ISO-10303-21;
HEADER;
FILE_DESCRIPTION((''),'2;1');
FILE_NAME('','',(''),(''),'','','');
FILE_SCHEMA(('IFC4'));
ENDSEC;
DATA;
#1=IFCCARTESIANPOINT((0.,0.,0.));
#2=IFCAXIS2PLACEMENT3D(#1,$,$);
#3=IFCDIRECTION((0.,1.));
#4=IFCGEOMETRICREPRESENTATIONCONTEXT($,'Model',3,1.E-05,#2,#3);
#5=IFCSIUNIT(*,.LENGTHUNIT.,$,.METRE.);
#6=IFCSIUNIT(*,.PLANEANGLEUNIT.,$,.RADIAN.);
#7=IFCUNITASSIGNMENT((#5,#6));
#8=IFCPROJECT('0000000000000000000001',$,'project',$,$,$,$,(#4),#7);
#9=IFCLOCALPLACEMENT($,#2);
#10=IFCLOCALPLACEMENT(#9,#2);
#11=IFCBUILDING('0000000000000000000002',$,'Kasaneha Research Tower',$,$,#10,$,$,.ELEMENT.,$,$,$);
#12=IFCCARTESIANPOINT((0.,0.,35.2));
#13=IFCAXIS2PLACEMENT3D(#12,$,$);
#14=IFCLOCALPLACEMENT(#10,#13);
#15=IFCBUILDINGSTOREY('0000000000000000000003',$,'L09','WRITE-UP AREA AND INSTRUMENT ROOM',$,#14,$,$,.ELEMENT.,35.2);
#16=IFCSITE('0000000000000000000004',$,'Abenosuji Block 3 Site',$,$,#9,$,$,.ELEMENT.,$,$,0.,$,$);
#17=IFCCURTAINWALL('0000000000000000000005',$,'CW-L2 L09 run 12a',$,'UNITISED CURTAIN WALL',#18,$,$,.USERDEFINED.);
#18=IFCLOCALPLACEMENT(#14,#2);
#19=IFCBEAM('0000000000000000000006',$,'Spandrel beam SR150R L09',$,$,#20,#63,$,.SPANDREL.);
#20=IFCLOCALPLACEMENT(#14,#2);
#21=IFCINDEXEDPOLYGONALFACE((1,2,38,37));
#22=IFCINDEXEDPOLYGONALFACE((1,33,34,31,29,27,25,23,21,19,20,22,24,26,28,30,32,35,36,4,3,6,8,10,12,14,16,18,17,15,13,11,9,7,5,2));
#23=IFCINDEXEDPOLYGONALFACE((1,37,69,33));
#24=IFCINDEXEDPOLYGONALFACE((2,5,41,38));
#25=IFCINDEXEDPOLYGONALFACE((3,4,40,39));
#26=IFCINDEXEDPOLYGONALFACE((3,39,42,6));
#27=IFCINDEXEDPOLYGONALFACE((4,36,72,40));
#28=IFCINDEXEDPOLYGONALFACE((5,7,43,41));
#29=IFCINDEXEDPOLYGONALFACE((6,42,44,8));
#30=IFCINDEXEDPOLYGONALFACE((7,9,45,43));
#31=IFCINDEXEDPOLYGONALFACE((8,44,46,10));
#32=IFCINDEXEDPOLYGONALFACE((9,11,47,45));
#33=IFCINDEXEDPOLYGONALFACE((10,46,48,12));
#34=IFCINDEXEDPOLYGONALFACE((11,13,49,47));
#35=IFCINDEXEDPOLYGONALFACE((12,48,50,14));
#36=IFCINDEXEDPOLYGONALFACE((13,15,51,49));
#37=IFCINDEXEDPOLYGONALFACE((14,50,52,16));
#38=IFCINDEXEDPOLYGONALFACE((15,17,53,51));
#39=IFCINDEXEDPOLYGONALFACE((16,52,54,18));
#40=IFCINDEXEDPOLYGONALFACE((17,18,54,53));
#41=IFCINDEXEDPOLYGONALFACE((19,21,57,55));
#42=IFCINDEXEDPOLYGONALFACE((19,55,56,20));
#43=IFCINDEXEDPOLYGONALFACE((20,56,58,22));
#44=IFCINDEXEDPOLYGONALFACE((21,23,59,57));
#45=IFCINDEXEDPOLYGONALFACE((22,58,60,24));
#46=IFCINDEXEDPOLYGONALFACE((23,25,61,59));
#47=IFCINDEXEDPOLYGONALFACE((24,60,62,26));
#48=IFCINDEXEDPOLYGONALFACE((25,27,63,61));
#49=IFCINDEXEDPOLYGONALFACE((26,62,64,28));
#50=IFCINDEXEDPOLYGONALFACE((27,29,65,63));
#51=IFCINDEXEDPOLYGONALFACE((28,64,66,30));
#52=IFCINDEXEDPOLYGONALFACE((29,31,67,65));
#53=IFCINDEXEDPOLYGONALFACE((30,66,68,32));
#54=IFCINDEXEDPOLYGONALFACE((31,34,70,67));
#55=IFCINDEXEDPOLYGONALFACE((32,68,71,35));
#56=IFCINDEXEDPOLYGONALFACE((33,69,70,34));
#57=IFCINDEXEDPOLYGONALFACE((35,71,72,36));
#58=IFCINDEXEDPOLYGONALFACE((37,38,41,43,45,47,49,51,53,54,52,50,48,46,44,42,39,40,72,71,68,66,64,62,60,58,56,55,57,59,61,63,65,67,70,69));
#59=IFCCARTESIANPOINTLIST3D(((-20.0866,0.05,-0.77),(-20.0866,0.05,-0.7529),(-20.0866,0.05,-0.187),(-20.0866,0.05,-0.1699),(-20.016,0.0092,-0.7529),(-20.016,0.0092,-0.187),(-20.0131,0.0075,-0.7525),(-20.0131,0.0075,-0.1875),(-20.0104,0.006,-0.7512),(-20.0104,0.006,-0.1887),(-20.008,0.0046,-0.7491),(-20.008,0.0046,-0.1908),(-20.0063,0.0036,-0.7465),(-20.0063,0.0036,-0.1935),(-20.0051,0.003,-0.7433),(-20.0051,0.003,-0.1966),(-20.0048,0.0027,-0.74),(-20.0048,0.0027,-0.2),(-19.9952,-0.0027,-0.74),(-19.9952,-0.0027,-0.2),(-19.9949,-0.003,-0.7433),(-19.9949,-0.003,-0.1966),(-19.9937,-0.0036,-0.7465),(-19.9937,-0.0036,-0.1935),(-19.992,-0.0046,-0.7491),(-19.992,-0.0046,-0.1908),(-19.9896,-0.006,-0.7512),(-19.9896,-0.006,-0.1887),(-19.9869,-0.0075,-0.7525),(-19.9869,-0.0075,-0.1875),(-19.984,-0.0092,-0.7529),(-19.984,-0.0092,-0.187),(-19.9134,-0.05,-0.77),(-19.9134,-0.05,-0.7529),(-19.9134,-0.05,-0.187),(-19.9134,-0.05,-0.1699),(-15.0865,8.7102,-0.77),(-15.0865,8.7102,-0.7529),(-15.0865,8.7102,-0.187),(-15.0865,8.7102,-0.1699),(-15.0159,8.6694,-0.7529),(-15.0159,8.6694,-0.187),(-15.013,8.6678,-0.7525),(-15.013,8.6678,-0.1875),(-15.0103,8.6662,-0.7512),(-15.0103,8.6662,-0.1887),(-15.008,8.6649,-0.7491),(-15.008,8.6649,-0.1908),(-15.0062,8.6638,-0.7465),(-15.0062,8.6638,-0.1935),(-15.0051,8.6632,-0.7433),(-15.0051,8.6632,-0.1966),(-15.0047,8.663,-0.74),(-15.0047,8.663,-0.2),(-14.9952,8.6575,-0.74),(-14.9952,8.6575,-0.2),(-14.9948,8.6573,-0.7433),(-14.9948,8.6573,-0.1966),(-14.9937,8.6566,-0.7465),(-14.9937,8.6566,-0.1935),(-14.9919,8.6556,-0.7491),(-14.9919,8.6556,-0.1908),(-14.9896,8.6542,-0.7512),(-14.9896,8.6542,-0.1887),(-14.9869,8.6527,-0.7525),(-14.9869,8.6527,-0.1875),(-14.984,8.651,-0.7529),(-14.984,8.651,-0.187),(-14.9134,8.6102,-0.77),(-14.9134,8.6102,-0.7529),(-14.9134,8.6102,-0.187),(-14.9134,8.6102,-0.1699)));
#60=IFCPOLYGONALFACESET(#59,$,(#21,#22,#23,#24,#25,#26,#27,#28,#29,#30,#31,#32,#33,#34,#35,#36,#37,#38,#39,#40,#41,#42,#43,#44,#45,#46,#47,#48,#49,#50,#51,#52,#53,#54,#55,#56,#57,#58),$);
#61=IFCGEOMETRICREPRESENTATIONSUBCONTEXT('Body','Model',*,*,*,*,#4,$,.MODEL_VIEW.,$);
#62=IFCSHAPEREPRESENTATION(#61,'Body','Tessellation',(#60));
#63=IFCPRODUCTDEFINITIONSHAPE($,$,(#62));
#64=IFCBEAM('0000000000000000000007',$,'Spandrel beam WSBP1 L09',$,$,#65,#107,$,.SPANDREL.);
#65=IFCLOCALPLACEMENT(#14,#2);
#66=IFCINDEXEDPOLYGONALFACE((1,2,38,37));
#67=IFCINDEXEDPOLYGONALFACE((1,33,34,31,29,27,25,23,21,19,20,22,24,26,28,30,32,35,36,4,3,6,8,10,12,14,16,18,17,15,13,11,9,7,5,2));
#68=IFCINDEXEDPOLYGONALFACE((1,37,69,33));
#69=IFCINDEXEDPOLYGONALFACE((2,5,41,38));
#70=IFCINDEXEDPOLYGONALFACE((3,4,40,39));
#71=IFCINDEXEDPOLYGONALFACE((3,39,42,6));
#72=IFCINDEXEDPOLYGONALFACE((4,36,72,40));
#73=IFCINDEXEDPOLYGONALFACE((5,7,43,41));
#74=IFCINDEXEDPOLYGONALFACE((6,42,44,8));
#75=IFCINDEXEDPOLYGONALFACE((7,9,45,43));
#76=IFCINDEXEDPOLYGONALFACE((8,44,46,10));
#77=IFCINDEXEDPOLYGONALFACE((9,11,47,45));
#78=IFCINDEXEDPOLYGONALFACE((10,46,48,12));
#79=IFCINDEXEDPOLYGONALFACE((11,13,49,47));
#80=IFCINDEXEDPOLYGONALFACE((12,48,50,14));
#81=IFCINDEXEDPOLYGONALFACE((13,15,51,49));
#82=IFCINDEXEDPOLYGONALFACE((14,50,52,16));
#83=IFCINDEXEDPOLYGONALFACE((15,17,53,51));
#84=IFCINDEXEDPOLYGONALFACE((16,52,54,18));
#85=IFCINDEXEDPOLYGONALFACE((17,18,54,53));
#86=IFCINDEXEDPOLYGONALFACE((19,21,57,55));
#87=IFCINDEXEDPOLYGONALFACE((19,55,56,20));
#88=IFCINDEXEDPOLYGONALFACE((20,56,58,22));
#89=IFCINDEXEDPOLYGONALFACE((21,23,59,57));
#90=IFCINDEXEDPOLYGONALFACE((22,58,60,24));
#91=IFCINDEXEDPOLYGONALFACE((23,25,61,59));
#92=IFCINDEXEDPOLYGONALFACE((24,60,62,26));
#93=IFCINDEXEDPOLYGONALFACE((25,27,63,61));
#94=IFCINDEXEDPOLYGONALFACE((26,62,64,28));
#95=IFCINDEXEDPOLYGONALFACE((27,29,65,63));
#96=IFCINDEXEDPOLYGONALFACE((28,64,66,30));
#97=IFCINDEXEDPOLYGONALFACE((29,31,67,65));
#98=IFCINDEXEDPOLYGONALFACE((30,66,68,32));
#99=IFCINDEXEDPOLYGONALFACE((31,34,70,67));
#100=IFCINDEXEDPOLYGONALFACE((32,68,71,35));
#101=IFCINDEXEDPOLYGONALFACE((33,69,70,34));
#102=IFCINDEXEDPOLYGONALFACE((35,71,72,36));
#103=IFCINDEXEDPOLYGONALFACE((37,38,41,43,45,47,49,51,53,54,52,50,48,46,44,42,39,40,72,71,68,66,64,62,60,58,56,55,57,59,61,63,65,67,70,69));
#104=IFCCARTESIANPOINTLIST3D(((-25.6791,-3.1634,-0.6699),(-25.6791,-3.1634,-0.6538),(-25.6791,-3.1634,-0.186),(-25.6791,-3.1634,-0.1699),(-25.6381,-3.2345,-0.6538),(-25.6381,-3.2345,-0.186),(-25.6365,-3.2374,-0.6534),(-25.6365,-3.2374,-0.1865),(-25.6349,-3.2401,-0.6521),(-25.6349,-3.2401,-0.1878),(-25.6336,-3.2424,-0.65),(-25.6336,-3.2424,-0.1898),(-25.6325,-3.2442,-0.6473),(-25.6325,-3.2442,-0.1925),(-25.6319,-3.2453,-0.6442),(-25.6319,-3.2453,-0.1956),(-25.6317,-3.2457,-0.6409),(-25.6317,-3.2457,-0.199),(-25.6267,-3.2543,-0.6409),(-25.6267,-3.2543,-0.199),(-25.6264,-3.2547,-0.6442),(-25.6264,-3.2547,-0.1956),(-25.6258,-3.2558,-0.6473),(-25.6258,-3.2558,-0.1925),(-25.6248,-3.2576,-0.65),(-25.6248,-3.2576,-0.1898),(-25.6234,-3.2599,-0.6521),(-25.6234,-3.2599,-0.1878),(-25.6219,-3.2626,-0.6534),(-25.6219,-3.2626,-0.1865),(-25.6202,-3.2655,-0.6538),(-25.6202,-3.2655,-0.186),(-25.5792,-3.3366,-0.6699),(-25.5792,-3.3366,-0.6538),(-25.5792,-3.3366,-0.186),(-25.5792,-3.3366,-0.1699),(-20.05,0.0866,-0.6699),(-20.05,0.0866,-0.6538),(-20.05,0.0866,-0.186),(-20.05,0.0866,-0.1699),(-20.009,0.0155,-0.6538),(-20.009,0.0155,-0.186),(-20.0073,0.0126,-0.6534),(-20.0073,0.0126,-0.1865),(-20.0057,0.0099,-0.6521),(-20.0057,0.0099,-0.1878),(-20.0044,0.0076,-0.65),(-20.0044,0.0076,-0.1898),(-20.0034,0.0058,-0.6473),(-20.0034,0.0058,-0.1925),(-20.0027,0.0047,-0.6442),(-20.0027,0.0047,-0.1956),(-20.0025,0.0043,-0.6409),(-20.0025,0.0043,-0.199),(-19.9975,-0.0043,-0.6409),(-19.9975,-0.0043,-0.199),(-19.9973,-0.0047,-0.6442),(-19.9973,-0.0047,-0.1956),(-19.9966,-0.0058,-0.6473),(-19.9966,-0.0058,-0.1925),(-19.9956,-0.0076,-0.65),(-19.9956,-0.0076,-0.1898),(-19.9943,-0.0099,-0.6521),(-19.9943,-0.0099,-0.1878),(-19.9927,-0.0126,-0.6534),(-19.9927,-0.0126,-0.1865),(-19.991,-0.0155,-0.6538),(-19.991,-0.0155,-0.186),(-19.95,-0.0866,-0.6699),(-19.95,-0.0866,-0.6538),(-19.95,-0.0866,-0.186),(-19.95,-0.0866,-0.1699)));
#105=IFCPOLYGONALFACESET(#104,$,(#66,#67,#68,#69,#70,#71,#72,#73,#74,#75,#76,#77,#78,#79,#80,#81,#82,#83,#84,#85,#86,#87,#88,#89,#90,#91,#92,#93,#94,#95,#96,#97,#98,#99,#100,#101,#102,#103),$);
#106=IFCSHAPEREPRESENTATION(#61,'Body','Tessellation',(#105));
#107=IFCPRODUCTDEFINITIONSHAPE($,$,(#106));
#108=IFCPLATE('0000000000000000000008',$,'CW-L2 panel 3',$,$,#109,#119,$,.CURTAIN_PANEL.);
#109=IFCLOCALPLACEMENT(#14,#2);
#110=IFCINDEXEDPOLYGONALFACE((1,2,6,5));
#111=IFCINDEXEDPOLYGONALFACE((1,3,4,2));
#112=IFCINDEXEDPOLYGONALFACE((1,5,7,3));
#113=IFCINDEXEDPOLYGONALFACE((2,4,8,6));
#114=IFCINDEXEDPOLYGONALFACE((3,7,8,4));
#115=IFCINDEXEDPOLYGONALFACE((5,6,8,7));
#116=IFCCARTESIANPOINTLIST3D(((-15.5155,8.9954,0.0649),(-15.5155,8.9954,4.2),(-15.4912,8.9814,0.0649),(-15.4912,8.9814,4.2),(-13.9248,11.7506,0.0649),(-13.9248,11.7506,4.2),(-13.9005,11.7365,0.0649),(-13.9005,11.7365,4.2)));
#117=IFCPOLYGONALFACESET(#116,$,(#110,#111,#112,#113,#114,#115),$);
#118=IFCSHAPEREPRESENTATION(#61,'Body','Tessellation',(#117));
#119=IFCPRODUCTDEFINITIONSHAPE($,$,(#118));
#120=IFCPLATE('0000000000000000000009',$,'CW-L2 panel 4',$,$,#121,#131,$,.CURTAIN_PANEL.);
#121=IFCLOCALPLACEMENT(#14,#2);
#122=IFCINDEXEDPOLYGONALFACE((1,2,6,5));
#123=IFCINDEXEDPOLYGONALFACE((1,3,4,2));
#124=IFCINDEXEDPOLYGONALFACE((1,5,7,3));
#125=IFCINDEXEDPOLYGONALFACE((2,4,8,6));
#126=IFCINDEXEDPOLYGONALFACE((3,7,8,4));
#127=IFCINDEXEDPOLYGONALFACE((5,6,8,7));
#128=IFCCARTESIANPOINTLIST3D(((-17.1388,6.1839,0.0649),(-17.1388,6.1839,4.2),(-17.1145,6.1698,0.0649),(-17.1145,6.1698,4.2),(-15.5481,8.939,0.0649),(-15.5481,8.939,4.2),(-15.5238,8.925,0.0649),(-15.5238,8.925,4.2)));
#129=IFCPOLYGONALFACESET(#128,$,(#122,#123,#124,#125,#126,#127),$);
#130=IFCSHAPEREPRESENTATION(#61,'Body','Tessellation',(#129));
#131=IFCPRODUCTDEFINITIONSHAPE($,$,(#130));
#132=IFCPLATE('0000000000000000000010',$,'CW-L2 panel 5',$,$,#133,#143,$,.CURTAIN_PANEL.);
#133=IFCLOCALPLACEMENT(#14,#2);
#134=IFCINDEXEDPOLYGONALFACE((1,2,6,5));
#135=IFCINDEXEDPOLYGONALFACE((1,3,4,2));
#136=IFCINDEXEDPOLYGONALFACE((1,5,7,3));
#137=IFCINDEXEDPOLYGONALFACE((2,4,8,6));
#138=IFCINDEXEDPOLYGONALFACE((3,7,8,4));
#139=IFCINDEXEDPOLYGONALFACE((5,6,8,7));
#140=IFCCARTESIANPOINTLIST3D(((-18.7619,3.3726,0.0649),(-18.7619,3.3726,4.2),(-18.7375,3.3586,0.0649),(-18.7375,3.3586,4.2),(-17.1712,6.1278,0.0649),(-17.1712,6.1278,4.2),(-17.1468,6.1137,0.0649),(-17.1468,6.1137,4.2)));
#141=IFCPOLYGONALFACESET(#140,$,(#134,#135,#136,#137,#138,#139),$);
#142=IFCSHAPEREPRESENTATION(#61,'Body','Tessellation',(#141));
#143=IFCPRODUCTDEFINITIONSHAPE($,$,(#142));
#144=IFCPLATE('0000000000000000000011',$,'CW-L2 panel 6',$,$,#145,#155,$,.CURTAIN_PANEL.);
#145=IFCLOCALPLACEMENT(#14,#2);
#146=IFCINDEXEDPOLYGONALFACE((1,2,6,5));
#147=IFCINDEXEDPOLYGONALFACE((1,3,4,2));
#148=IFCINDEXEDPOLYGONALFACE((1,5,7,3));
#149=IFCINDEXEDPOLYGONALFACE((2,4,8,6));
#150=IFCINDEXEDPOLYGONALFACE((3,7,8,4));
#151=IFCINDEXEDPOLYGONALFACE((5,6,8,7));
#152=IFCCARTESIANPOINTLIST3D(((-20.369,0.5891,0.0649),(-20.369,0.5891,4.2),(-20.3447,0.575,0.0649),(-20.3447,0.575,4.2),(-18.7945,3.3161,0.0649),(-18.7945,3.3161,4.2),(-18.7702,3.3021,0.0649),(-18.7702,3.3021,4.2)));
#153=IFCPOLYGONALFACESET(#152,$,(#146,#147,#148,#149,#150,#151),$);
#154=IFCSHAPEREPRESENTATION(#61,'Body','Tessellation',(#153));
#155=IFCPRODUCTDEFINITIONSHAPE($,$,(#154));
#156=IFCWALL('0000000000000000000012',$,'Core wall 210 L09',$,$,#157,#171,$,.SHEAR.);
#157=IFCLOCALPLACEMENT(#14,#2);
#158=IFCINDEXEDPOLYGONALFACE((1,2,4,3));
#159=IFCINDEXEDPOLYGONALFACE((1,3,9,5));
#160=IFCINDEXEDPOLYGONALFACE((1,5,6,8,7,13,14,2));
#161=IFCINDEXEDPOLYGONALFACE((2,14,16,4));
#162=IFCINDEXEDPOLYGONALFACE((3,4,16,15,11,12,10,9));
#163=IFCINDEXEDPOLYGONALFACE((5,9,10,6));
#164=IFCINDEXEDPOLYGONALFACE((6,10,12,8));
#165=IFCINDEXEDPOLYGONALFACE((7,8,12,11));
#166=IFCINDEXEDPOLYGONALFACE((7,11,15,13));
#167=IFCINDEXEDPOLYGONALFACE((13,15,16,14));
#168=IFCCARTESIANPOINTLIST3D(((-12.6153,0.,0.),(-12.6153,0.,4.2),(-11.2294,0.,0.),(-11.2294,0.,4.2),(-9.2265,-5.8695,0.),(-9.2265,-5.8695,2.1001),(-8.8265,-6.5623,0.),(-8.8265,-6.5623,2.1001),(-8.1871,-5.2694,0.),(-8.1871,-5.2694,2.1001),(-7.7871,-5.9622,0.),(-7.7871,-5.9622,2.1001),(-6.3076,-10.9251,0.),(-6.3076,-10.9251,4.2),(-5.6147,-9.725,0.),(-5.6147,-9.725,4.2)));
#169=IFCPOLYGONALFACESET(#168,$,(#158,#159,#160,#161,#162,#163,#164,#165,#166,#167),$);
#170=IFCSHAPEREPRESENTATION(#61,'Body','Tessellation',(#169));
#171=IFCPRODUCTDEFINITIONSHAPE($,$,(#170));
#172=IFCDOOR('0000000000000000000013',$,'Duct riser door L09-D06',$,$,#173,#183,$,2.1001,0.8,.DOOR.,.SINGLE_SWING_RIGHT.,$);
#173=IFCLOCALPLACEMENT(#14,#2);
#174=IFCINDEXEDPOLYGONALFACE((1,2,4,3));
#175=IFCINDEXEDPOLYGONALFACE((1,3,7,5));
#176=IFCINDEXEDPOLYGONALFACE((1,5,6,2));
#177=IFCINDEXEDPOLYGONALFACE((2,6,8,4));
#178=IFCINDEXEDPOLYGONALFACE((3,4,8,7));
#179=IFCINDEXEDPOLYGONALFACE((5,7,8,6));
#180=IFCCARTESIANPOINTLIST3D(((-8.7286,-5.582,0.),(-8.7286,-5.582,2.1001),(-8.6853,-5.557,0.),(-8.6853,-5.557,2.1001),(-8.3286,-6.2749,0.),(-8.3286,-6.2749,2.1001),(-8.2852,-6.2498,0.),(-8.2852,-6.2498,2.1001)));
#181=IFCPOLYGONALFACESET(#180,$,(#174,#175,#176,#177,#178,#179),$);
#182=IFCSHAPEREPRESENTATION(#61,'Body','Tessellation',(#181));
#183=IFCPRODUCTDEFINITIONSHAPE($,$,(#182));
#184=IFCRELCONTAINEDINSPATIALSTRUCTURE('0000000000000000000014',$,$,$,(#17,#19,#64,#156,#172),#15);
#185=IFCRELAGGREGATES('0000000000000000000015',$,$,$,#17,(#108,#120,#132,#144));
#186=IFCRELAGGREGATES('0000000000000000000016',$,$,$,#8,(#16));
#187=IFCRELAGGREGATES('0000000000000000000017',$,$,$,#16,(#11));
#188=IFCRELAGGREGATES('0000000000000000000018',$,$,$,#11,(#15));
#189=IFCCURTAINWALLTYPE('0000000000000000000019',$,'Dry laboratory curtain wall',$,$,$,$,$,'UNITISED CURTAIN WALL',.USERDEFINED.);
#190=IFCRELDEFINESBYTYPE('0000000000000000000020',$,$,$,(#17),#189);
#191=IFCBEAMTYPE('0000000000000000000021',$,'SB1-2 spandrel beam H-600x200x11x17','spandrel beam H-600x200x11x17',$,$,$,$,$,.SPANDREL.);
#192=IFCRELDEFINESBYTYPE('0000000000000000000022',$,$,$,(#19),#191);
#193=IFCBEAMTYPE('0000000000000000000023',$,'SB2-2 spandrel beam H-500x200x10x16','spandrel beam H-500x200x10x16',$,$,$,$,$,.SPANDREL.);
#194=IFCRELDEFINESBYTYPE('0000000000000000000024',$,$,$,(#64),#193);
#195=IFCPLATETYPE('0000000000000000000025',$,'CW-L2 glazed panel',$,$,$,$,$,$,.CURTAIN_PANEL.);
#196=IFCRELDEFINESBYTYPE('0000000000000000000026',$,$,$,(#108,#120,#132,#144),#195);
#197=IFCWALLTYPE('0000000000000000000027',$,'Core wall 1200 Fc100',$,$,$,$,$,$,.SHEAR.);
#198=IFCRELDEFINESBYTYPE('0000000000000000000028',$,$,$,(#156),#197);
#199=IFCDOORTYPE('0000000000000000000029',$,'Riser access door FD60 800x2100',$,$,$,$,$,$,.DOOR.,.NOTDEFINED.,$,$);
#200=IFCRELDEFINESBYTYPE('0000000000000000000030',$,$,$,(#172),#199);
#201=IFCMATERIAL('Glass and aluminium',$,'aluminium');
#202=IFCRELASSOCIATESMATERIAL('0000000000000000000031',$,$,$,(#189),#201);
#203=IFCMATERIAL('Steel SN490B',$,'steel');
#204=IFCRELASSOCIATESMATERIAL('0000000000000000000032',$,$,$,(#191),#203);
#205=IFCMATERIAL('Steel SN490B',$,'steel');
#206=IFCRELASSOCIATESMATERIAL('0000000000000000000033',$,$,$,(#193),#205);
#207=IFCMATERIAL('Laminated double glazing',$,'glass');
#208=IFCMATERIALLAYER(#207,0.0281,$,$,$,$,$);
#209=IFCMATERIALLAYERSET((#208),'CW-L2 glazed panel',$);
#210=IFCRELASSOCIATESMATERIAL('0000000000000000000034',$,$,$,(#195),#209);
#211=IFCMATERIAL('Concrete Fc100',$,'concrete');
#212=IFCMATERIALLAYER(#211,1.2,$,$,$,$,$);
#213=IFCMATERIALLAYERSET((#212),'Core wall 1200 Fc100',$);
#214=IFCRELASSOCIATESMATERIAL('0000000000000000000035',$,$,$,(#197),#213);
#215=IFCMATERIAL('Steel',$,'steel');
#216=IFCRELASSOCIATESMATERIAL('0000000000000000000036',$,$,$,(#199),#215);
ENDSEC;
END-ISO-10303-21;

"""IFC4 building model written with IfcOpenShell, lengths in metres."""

from ifc_helpers import new_model, si_unit, direction, frame, frame_2d, origin, origin_2d, place, context, subcontext, project, spatial, polyline, rectangle, i_section, outline, extrude, material, layer, layer_set, material_profile, profile_set, type_object, element, fill, aggregate, save


model = new_model("IFC4")

# Units and contexts
model_context = context("Model", 3, precision=1e-05, world=origin(), true_north=direction((0.0, 1.0)))
body_context = subcontext(model_context, "Body", "Model", "MODEL_VIEW")
ifc_project = project(units=[si_unit("LENGTHUNIT", "METRE"), si_unit("PLANEANGLEUNIT", "RADIAN")], contexts=[model_context])

# Site, building, storey
site_placement = place(None, origin())
site = spatial("IfcSite", under=ifc_project, at=site_placement, Name="Abenosuji Block 3 Site", CompositionType="ELEMENT", RefElevation=0.0)
building_placement = place(site_placement, origin())
building = spatial("IfcBuilding", under=site, at=building_placement, Name="Kasaneha Research Tower", CompositionType="ELEMENT")
storey_placement = place(building_placement, frame((0.0, 0.0, 35.2)))
storey = spatial("IfcBuildingStorey", under=building, at=storey_placement, Name="L09", Description="WRITE-UP AREA AND INSTRUMENT ROOM", CompositionType="ELEMENT", Elevation=35.2)

# Curtain wall
ifc_material_1 = material(Name="Glass and aluminium", Category="aluminium")
curtain_wall_type = type_object("IfcCurtainWallType", Name="Dry laboratory curtain wall", ElementType="UNITISED CURTAIN WALL", PredefinedType="USERDEFINED", material=ifc_material_1)
curtain_wall_1_placement = place(storey_placement, origin())
curtain_wall_1 = element("IfcCurtainWall", 1, at=curtain_wall_1_placement, inside=storey, type_object=curtain_wall_type, Name="CW-L2 L09 run 12a", ObjectType="UNITISED CURTAIN WALL", PredefinedType="USERDEFINED")

# Beams
ifc_material_2 = material(Name="Steel SN490B", Category="steel")
ifc_material_profile_1 = material_profile(ifc_material_2, i_section(OverallWidth=0.2, OverallDepth=0.6001, WebThickness=0.011, FlangeThickness=0.0171, FilletRadius=0.0129, at=origin_2d()), Name="H-600x200x11x17")
ifc_profile_set_1 = profile_set([ifc_material_profile_1], Name="Steel SN490B")
beam_type_1 = type_object("IfcBeamType", Name="SB1-2 spandrel beam H-600x200x11x17", Description="spandrel beam H-600x200x11x17", PredefinedType="SPANDREL", material=ifc_profile_set_1)
beam_1_placement = place(storey_placement, frame((-20.0, 0.0, -0.47), z_axis=(0.500004, 0.866023, 0.0), x_axis=(-0.866023, 0.500004, 0.0)))
element("IfcBeam", 2, at=beam_1_placement, inside=storey, type_object=beam_type_1, Name="Spandrel beam SR150R L09", PredefinedType="SPANDREL", context=body_context, shape_type="SweptSolid", body=[
    extrude(i_section(OverallWidth=0.2, OverallDepth=0.6001, WebThickness=0.011, FlangeThickness=0.0171, FilletRadius=0.0129, at=origin_2d()), origin(), (0.0, 0.0, 1.0), 10.0),
])
ifc_material_3 = material(Name="Steel SN490B", Category="steel")
ifc_material_profile_2 = material_profile(ifc_material_3, i_section(OverallWidth=0.2, OverallDepth=0.5, WebThickness=0.01, FlangeThickness=0.0161, FilletRadius=0.0129, at=origin_2d()), Name="H-500x200x10x16")
ifc_profile_set_2 = profile_set([ifc_material_profile_2], Name="Steel SN490B")
beam_type_2 = type_object("IfcBeamType", Name="SB2-2 spandrel beam H-500x200x10x16", Description="spandrel beam H-500x200x10x16", PredefinedType="SPANDREL", material=ifc_profile_set_2)
beam_2_placement = place(storey_placement, frame((-20.0, 0.0, -0.4199), z_axis=(-0.866025, -0.500001, 0.0), x_axis=(0.500001, -0.866025, 0.0)))
element("IfcBeam", 3, at=beam_2_placement, inside=storey, type_object=beam_type_2, Name="Spandrel beam WSBP1 L09", PredefinedType="SPANDREL", context=body_context, shape_type="SweptSolid", body=[
    extrude(i_section(OverallWidth=0.2, OverallDepth=0.5, WebThickness=0.01, FlangeThickness=0.0161, FilletRadius=0.0129, at=origin_2d()), origin(), (0.0, 0.0, 1.0), 6.5),
])

# Plates
ifc_material_4 = material(Name="Laminated double glazing", Category="glass")
ifc_layer_1 = layer(ifc_material_4, 0.0281)
ifc_layer_set_1 = layer_set([ifc_layer_1], Name="CW-L2 glazed panel")
plate_type = type_object("IfcPlateType", Name="CW-L2 glazed panel", PredefinedType="CURTAIN_PANEL", material=ifc_layer_set_1)
plate_1_placement = place(storey_placement, frame((-14.708, 10.366, 0.0649), z_axis=(0.0, 0.0, 1.0), x_axis=(-0.5, -0.866025, 0.0)))
plate_1 = element("IfcPlate", 4, at=plate_1_placement, type_object=plate_type, Name="CW-L2 panel 3", PredefinedType="CURTAIN_PANEL", context=body_context, shape_type="SweptSolid", body=[
    extrude(rectangle(XDim=3.1814, YDim=0.0281, at=origin_2d()), origin(), (0.0, 0.0, 1.0), 4.135),
])
plate_2_placement = place(storey_placement, frame((-16.3313, 7.5544, 0.0649), z_axis=(0.0, 0.0, 1.0), x_axis=(-0.5, -0.866025, 0.0)))
plate_2 = element("IfcPlate", 5, at=plate_2_placement, type_object=plate_type, Name="CW-L2 panel 4", PredefinedType="CURTAIN_PANEL", context=body_context, shape_type="SweptSolid", body=[
    extrude(rectangle(XDim=3.1814, YDim=0.0281, at=origin_2d()), origin(), (0.0, 0.0, 1.0), 4.135),
])
plate_3_placement = place(storey_placement, frame((-17.9543, 4.7432, 0.0649), z_axis=(0.0, 0.0, 1.0), x_axis=(-0.5, -0.866025, 0.0)))
plate_3 = element("IfcPlate", 6, at=plate_3_placement, type_object=plate_type, Name="CW-L2 panel 5", PredefinedType="CURTAIN_PANEL", context=body_context, shape_type="SweptSolid", body=[
    extrude(rectangle(XDim=3.1814, YDim=0.0281, at=origin_2d()), origin(), (0.0, 0.0, 1.0), 4.135),
])
plate_4_placement = place(storey_placement, frame((-19.5696, 1.9456, 0.0649), z_axis=(0.0, 0.0, 1.0), x_axis=(-0.5, -0.866025, 0.0)))
plate_4 = element("IfcPlate", 7, at=plate_4_placement, type_object=plate_type, Name="CW-L2 panel 6", PredefinedType="CURTAIN_PANEL", context=body_context, shape_type="SweptSolid", body=[
    extrude(rectangle(XDim=3.1489, YDim=0.0281, at=origin_2d()), origin(), (0.0, 0.0, 1.0), 4.135),
])
aggregate(curtain_wall_1, [plate_1, plate_2, plate_3, plate_4])

# Wall, opening, door
ifc_material_5 = material(Name="Concrete Fc100", Category="concrete")
ifc_layer_2 = layer(ifc_material_5, 1.2)
ifc_layer_set_2 = layer_set([ifc_layer_2], Name="Core wall 1200 Fc100")
wall_type_1 = type_object("IfcWallType", Name="Core wall 1200 Fc100", PredefinedType="SHEAR", material=ifc_layer_set_2)
wall_1_placement = place(storey_placement, frame((-11.9224, 0.0, 0.0), z_axis=(0.0, 0.0, 1.0), x_axis=(0.500004, -0.866023, 0.0)))
wall_1 = element("IfcWall", 8, at=wall_1_placement, inside=storey, type_object=wall_type_1, Name="Core wall 210 L09", PredefinedType="SHEAR", context=body_context, shape_type="SweptSolid", body=[
    extrude(outline(polyline([(-0.3464, -0.6001), (6.4312, -0.6001), (7.2312, -0.6001), (12.2688, -0.6001), (11.5759, 0.6001), (7.2312, 0.6001), (6.4312, 0.6001), (0.3464, 0.6001), (-0.3464, -0.6001)])), origin(), (0.0, 0.0, 1.0), 4.2),
])
opening_1_placement = place(wall_1_placement, frame((6.4312, 0.0, 0.0)))
opening_1 = element("IfcOpeningElement", 9, at=opening_1_placement, cuts=wall_1, PredefinedType="OPENING", context=body_context, shape_type="SweptSolid", body=[
    extrude(rectangle(XDim=0.8, YDim=2.1001, at=frame_2d((0.3999, 1.05))), frame((0.0, 0.6099, 0.0), z_axis=(0.0, -1.0, 0.0), x_axis=(1.0, 0.0, 0.0)), (0.0, 0.0, 1.0), 1.22),
])
ifc_material_6 = material(Name="Steel", Category="steel")
door_type_1 = type_object("IfcDoorType", Name="Riser access door FD60 800x2100", OperationType="NOTDEFINED", PredefinedType="DOOR", material=ifc_material_6)
door_1_placement = place(opening_1_placement, origin())
door_1 = element("IfcDoor", 10, at=door_1_placement, inside=storey, type_object=door_type_1, Name="Duct riser door L09-D06", OperationType="SINGLE_SWING_RIGHT", OverallHeight=2.1001, OverallWidth=0.8, PredefinedType="DOOR", context=body_context, shape_type="SweptSolid", body=[
    extrude(rectangle(XDim=0.8, YDim=2.1001, at=frame_2d((0.3999, 1.05))), frame((0.0, 0.0249, 0.0), z_axis=(0.0, -1.0, 0.0), x_axis=(1.0, 0.0, 0.0)), (0.0, 0.0, 1.0), 0.05),
])
fill(opening_1, door_1)

save(model, "model.ifc")
